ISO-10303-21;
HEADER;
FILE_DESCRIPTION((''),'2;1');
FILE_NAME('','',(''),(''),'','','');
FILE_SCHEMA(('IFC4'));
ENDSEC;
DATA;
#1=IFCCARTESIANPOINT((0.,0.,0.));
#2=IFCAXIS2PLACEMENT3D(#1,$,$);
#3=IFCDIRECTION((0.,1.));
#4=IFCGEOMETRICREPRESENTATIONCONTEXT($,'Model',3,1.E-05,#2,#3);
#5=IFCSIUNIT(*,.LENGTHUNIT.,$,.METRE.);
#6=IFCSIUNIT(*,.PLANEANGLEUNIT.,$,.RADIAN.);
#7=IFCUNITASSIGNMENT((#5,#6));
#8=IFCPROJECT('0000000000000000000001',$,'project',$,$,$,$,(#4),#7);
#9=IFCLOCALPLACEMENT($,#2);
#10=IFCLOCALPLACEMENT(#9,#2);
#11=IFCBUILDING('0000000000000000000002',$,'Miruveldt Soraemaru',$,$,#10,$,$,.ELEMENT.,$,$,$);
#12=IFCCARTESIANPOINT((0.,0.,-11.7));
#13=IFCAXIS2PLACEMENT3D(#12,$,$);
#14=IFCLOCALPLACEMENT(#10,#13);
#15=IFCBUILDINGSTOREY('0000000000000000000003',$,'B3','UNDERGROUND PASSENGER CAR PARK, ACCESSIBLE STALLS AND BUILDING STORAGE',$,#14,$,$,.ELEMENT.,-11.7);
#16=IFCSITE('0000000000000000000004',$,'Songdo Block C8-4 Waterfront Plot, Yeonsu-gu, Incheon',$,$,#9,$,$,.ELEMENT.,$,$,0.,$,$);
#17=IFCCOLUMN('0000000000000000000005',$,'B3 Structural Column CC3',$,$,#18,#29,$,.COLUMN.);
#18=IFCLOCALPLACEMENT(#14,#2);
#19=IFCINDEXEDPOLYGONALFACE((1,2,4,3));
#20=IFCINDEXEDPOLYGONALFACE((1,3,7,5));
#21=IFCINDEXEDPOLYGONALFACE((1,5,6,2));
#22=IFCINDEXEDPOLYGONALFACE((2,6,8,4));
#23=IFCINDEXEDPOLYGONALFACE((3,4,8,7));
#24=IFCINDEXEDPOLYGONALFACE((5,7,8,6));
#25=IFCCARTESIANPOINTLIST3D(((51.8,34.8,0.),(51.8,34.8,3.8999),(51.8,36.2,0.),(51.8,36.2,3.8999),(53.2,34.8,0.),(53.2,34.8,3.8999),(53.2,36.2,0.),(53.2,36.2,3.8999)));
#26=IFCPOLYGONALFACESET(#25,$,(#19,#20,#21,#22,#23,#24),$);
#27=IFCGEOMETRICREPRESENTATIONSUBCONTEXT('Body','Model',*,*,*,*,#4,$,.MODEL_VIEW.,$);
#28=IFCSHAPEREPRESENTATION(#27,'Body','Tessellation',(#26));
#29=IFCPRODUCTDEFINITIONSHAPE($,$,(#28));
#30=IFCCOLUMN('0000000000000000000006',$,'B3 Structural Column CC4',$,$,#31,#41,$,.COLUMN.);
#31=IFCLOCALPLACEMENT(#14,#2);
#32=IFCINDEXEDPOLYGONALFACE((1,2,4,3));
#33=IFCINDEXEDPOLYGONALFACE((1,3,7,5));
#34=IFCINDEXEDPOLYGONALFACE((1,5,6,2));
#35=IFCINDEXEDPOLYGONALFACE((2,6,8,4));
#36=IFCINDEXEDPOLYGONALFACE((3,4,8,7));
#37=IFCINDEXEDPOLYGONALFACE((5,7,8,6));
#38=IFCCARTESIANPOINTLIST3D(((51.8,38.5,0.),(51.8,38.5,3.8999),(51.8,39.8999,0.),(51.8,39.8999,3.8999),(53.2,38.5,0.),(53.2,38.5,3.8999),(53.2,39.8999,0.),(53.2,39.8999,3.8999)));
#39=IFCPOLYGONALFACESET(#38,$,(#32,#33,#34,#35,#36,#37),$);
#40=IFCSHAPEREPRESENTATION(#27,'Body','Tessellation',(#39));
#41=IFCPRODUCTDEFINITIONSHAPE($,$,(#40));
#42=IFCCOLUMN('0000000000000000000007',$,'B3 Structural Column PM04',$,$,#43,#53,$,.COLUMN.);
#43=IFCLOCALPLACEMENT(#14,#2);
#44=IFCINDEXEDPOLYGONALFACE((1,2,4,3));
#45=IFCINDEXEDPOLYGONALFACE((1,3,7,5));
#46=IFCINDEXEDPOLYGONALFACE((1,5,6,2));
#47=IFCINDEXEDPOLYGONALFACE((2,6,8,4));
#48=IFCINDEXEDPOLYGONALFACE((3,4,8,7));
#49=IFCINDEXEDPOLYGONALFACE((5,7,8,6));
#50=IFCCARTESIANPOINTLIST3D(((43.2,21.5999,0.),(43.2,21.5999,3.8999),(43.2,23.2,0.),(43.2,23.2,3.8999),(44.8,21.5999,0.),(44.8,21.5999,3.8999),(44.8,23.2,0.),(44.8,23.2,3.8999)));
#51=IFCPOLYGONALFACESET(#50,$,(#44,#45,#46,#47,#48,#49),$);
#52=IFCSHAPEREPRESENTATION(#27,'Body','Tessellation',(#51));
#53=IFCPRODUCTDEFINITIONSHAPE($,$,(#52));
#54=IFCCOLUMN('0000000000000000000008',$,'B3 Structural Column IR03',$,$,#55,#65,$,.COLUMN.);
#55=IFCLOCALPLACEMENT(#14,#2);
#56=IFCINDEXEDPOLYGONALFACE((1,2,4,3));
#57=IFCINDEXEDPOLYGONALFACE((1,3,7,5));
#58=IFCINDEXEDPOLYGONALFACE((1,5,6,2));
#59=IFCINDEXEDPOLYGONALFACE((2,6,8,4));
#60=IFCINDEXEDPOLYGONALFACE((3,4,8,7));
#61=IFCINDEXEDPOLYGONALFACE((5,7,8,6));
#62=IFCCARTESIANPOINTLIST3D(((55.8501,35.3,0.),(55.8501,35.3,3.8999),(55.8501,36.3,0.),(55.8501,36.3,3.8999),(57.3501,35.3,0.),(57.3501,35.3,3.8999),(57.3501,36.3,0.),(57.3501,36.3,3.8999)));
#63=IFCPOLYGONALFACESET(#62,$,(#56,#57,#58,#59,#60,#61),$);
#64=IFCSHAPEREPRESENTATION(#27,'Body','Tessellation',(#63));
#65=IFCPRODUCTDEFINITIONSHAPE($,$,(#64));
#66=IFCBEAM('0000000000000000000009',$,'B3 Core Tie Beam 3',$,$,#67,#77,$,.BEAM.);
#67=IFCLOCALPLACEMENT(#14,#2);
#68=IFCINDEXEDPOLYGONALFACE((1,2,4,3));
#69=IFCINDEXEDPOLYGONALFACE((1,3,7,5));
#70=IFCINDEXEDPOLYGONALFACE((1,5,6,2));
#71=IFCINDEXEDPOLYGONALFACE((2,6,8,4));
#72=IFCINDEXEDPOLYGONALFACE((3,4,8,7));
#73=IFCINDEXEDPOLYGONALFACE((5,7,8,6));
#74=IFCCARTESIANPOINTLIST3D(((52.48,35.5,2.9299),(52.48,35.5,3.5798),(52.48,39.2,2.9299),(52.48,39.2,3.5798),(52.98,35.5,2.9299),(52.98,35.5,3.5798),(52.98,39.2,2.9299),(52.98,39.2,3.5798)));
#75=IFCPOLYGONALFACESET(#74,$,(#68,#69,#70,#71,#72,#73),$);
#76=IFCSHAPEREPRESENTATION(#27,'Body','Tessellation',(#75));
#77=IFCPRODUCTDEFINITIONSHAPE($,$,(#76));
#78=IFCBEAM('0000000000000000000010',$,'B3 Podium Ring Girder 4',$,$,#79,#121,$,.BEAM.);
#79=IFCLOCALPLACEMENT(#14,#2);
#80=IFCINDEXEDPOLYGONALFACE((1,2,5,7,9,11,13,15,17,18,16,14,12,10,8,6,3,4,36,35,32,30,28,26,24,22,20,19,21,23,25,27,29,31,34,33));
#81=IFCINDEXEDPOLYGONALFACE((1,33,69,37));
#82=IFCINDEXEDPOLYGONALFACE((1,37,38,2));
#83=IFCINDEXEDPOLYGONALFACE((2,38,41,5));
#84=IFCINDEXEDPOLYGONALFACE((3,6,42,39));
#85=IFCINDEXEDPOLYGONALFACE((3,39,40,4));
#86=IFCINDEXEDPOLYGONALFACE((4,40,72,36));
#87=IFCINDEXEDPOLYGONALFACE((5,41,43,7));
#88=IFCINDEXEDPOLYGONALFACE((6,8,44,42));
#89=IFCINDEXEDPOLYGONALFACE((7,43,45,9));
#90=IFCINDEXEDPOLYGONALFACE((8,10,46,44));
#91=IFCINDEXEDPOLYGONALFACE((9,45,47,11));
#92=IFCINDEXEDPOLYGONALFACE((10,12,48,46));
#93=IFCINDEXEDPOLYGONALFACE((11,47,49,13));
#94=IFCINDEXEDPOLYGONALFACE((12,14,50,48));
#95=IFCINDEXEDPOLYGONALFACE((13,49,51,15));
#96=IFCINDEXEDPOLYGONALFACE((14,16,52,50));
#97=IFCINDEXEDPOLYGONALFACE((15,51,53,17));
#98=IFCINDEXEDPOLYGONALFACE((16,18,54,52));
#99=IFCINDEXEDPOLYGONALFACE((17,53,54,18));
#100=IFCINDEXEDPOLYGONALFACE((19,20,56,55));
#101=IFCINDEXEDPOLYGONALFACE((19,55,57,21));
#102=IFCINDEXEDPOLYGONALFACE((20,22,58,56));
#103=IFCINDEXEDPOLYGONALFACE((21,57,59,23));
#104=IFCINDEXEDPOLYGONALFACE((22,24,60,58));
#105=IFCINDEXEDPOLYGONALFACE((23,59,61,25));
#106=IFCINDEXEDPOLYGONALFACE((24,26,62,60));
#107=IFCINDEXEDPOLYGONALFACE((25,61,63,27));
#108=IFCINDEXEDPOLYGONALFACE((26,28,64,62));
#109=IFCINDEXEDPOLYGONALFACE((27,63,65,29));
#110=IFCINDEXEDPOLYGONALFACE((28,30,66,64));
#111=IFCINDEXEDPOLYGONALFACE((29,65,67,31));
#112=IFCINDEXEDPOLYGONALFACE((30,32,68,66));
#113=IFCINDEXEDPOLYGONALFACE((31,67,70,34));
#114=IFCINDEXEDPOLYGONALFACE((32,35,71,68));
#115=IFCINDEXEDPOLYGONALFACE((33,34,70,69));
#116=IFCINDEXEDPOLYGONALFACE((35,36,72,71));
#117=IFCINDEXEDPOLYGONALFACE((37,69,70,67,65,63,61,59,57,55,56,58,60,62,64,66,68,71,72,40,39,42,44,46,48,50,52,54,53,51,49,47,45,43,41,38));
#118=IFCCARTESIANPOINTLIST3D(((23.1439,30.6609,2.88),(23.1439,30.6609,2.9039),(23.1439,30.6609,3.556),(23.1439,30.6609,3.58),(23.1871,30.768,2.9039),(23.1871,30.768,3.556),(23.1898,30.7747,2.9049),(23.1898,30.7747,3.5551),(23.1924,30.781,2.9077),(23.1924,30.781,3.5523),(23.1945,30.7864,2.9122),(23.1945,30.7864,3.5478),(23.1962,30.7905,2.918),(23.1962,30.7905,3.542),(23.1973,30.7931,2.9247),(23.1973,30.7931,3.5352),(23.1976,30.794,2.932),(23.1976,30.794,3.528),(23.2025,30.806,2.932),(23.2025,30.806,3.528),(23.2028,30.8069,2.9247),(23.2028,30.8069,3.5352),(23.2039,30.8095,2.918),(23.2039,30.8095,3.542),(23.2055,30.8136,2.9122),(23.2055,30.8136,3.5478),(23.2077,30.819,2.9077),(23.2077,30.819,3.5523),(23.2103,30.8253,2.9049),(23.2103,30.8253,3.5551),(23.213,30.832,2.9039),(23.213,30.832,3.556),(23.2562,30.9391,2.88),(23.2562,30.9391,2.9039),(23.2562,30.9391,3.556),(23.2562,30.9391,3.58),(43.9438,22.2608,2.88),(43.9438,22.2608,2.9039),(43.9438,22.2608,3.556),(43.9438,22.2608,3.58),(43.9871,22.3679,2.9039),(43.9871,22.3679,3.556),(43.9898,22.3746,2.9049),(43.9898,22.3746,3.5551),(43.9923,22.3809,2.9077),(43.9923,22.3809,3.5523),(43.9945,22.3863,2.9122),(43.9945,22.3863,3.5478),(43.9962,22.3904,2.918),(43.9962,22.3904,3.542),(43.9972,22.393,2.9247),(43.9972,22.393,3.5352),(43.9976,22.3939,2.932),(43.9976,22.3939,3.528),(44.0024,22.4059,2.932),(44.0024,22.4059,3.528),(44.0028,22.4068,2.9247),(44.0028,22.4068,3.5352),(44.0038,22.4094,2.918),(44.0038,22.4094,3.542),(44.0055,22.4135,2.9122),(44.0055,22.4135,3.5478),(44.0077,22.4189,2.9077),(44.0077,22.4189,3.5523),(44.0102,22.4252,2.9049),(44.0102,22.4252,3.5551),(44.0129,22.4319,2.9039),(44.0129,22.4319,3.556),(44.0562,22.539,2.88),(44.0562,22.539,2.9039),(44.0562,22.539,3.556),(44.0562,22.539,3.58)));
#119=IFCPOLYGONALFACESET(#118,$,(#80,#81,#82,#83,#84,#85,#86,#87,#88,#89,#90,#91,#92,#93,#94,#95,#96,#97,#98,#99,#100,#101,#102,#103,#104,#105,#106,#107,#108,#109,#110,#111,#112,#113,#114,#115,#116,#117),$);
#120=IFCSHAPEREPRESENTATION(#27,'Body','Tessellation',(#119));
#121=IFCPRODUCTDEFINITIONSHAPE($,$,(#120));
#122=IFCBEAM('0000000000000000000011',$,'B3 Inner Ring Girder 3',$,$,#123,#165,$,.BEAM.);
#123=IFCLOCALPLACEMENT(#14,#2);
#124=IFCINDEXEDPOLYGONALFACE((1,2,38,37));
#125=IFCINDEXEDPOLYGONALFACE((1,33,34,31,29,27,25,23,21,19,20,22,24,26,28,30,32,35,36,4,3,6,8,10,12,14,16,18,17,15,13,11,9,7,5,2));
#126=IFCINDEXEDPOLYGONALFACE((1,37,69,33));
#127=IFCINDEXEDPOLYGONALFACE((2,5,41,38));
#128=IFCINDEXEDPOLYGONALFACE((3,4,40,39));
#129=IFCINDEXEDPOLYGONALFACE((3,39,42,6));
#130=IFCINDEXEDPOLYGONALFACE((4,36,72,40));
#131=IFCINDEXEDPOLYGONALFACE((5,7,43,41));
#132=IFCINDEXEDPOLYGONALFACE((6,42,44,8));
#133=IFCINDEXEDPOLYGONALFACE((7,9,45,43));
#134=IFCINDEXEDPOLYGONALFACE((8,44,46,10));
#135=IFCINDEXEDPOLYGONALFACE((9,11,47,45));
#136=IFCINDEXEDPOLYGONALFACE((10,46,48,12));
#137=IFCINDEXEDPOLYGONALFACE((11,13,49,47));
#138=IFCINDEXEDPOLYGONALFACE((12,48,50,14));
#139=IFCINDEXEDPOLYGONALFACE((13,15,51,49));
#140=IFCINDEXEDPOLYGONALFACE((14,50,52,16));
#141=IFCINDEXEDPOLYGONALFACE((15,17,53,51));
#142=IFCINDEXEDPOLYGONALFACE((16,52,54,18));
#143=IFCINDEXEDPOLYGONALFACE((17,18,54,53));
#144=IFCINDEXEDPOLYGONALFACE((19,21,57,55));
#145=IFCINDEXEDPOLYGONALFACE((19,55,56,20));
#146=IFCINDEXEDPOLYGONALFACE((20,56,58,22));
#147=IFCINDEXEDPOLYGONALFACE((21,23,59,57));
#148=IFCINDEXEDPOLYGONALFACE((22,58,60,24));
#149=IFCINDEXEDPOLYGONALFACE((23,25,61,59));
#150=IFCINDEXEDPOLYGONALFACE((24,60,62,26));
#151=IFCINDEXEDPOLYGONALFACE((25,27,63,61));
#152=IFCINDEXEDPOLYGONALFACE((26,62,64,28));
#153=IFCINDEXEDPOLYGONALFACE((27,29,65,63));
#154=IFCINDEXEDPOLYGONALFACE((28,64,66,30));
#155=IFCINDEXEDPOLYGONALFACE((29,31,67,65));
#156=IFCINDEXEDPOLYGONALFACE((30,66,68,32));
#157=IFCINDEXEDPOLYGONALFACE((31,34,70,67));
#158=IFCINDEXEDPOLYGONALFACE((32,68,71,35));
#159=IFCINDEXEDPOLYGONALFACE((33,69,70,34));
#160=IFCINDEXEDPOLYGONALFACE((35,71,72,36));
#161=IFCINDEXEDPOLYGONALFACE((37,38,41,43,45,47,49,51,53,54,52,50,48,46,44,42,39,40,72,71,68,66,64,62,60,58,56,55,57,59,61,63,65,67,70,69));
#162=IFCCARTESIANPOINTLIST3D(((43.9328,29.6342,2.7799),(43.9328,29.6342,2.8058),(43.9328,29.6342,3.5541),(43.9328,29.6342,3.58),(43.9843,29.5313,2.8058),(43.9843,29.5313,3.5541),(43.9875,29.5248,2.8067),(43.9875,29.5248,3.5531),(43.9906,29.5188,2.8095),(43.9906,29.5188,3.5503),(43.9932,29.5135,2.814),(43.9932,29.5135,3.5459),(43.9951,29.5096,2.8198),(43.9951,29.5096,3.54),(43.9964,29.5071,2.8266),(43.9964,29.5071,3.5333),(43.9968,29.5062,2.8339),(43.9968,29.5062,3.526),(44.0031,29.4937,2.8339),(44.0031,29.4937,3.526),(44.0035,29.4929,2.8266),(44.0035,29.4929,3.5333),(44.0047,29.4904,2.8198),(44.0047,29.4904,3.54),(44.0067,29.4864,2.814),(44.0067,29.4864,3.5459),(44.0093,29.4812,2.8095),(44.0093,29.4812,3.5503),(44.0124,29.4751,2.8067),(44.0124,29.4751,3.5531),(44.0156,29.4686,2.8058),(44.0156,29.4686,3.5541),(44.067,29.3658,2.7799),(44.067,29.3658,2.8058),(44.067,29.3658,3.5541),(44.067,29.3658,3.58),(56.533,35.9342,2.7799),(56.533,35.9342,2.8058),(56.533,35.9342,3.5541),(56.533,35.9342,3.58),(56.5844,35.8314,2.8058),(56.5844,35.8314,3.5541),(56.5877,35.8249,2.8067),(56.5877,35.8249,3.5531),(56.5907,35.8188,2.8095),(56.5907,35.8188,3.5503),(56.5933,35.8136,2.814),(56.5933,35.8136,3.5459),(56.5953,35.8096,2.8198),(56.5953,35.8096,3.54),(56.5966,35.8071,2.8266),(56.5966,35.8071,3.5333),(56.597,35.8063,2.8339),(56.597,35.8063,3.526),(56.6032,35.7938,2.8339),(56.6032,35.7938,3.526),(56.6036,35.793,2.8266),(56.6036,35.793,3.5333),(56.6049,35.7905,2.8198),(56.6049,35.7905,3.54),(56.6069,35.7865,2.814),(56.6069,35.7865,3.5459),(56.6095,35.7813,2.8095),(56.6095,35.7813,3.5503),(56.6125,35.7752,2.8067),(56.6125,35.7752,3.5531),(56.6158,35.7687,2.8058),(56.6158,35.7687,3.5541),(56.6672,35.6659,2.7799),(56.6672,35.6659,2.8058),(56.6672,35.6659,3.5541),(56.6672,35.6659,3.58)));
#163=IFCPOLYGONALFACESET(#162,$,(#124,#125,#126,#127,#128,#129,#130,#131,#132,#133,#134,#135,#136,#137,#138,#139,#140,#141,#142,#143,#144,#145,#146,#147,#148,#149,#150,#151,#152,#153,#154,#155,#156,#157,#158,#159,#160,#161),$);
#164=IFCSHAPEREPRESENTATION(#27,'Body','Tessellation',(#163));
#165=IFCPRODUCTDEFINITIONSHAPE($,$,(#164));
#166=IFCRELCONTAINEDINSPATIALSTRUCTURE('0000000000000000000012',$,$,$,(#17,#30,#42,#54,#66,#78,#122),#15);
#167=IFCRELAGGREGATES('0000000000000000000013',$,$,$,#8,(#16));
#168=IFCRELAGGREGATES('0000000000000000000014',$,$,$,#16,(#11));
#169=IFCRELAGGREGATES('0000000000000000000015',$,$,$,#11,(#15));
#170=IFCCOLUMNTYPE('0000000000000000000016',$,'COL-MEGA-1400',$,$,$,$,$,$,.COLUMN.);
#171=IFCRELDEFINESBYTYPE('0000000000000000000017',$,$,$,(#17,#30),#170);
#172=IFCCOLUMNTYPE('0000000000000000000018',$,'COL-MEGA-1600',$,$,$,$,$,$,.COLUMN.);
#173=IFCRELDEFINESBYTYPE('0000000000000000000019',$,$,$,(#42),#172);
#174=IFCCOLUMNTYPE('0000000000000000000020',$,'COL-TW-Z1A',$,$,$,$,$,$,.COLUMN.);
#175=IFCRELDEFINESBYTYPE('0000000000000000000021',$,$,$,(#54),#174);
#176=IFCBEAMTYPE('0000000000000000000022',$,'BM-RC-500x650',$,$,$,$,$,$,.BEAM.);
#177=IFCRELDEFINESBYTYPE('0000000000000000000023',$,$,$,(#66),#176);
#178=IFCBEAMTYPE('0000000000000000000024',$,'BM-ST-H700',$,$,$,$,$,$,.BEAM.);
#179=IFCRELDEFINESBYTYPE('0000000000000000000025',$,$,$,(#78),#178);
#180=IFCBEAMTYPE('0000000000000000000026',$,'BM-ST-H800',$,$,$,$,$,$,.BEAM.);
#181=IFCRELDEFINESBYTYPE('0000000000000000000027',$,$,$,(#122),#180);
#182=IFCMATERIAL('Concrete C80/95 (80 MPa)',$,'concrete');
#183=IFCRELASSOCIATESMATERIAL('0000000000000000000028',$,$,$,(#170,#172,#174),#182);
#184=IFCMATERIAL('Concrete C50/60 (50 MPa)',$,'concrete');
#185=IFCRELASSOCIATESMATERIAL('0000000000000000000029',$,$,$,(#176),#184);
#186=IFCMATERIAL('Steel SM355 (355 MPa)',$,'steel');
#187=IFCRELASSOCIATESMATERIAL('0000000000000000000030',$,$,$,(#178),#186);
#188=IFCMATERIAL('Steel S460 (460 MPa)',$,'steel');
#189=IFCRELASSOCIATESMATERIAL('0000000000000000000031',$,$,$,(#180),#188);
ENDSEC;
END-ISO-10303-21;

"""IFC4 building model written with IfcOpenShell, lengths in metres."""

from ifc_helpers import new_model, si_unit, direction, frame, origin, origin_2d, place, context, subcontext, project, spatial, rectangle, i_section, extrude, material, material_profile, profile_set, type_object, element, save


model = new_model("IFC4")

# Units and contexts
model_context = context("Model", 3, precision=1e-05, world=origin(), true_north=direction((0.0, 1.0)))
body_context = subcontext(model_context, "Body", "Model", "MODEL_VIEW")
ifc_project = project(units=[si_unit("LENGTHUNIT", "METRE"), si_unit("PLANEANGLEUNIT", "RADIAN")], contexts=[model_context])

# Site, building, storey
site_placement = place(None, origin())
site = spatial("IfcSite", under=ifc_project, at=site_placement, Name="Songdo Block C8-4 Waterfront Plot, Yeonsu-gu, Incheon", CompositionType="ELEMENT", RefElevation=0.0)
building_placement = place(site_placement, origin())
building = spatial("IfcBuilding", under=site, at=building_placement, Name="Miruveldt Soraemaru", CompositionType="ELEMENT")
storey_placement = place(building_placement, frame((0.0, 0.0, -11.7)))
storey = spatial("IfcBuildingStorey", under=building, at=storey_placement, Name="B3", Description="UNDERGROUND PASSENGER CAR PARK, ACCESSIBLE STALLS AND BUILDING STORAGE", CompositionType="ELEMENT", Elevation=-11.7)

# Columns
ifc_material_1 = material(Name="Concrete C80/95 (80 MPa)", Category="concrete")
ifc_material_profile_1 = material_profile(ifc_material_1, rectangle(XDim=1.3999, YDim=1.3999, at=origin_2d()), Name="Concrete C80/95 (80 MPa)", Category="concrete")
ifc_profile_set_1 = profile_set([ifc_material_profile_1], Name="Concrete C80/95 (80 MPa)")
column_type_1 = type_object("IfcColumnType", Name="COL-MEGA-1400", PredefinedType="COLUMN", material=ifc_profile_set_1)
for number, where, z_axis, x_axis, name in (
    (1, (52.5, 35.5, 0.0), (0.0, 0.0, 1.0), (1.0, 0.0, 0.0), "B3 Structural Column CC3"),
    (2, (52.5, 39.2, 0.0), (0.0, 0.0, 1.0), (1.0, 0.0, 0.0), "B3 Structural Column CC4"),
):
    element("IfcColumn", number, at=place(storey_placement, frame(where, z_axis=z_axis, x_axis=x_axis)), inside=storey, type_object=column_type_1, Name=name, PredefinedType="COLUMN", context=body_context, shape_type="SweptSolid", body=[
        extrude(rectangle(XDim=1.3999, YDim=1.3999, at=origin_2d()), origin(), (0.0, 0.0, 1.0), 3.8999),
    ])
ifc_material_profile_2 = material_profile(ifc_material_1, rectangle(XDim=1.6001, YDim=1.6001, at=origin_2d()), Name="Concrete C80/95 (80 MPa)", Category="concrete")
ifc_profile_set_2 = profile_set([ifc_material_profile_2], Name="Concrete C80/95 (80 MPa)")
column_type_2 = type_object("IfcColumnType", Name="COL-MEGA-1600", PredefinedType="COLUMN", material=ifc_profile_set_2)
column_1_placement = place(storey_placement, frame((44.0, 22.3999, 0.0), z_axis=(0.0, 0.0, 1.0), x_axis=(1.0, 0.0, 0.0)))
element("IfcColumn", 3, at=column_1_placement, inside=storey, type_object=column_type_2, Name="B3 Structural Column PM04", PredefinedType="COLUMN", context=body_context, shape_type="SweptSolid", body=[
    extrude(rectangle(XDim=1.6001, YDim=1.6001, at=origin_2d()), origin(), (0.0, 0.0, 1.0), 3.8999),
])
ifc_material_profile_3 = material_profile(ifc_material_1, rectangle(XDim=1.5, YDim=1.0, at=origin_2d()), Name="Concrete C80/95 (80 MPa)", Category="concrete")
ifc_profile_set_3 = profile_set([ifc_material_profile_3], Name="Concrete C80/95 (80 MPa)")
column_type_3 = type_object("IfcColumnType", Name="COL-TW-Z1A", PredefinedType="COLUMN", material=ifc_profile_set_3)
column_2_placement = place(storey_placement, frame((56.6001, 35.8, 0.0), z_axis=(0.0, 0.0, 1.0), x_axis=(1.0, 0.0, 0.0)))
element("IfcColumn", 4, at=column_2_placement, inside=storey, type_object=column_type_3, Name="B3 Structural Column IR03", PredefinedType="COLUMN", context=body_context, shape_type="SweptSolid", body=[
    extrude(rectangle(XDim=1.5, YDim=1.0, at=origin_2d()), origin(), (0.0, 0.0, 1.0), 3.8999),
])

# Beams
ifc_material_2 = material(Name="Concrete C50/60 (50 MPa)", Category="concrete")
ifc_material_profile_4 = material_profile(ifc_material_2, rectangle(XDim=0.5, YDim=0.6499, at=origin_2d()), Name="Concrete C50/60 (50 MPa)", Category="concrete")
ifc_profile_set_4 = profile_set([ifc_material_profile_4], Name="Concrete C50/60 (50 MPa)")
beam_type_1 = type_object("IfcBeamType", Name="BM-RC-500x650", PredefinedType="BEAM", material=ifc_profile_set_4)
beam_1_placement = place(storey_placement, frame((52.73, 35.5, 3.2549), z_axis=(0.0, 1.0, 0.0), x_axis=(-1.0, 0.0, 0.0)))
element("IfcBeam", 5, at=beam_1_placement, inside=storey, type_object=beam_type_1, Name="B3 Core Tie Beam 3", PredefinedType="BEAM", context=body_context, shape_type="SweptSolid", body=[
    extrude(rectangle(XDim=0.5, YDim=0.6499, at=origin_2d()), origin(), (0.0, 0.0, 1.0), 3.7),
])
ifc_material_3 = material(Name="Steel SM355 (355 MPa)", Category="steel")
ifc_material_profile_5 = material_profile(ifc_material_3, i_section(OverallWidth=0.3, OverallDepth=0.7, WebThickness=0.0129, FlangeThickness=0.0239, FilletRadius=0.0281, at=origin_2d()), Name="Steel SM355 (355 MPa)", Category="steel")
ifc_profile_set_5 = profile_set([ifc_material_profile_5], Name="Steel SM355 (355 MPa)")
beam_type_2 = type_object("IfcBeamType", Name="BM-ST-H700", PredefinedType="BEAM", material=ifc_profile_set_5)
beam_2_placement = place(storey_placement, frame((44.0, 22.3999, 3.23), z_axis=(-0.92724, 0.374468, 0.0), x_axis=(-0.374468, -0.92724, 0.0)))
element("IfcBeam", 6, at=beam_2_placement, inside=storey, type_object=beam_type_2, Name="B3 Podium Ring Girder 4", PredefinedType="BEAM", context=body_context, shape_type="SweptSolid", body=[
    extrude(i_section(OverallWidth=0.3, OverallDepth=0.7, WebThickness=0.0129, FlangeThickness=0.0239, FilletRadius=0.0281, at=origin_2d()), origin(), (0.0, 0.0, 1.0), 22.4321),
])
ifc_material_4 = material(Name="Steel S460 (460 MPa)", Category="steel")
ifc_material_profile_6 = material_profile(ifc_material_4, i_section(OverallWidth=0.3, OverallDepth=0.8, WebThickness=0.0139, FlangeThickness=0.0259, FilletRadius=0.0281, at=origin_2d()), Name="Steel S460 (460 MPa)", Category="steel")
ifc_profile_set_6 = profile_set([ifc_material_profile_6], Name="Steel S460 (460 MPa)")
beam_type_3 = type_object("IfcBeamType", Name="BM-ST-H800", PredefinedType="BEAM", material=ifc_profile_set_6)
beam_3_placement = place(storey_placement, frame((56.6001, 35.8, 3.1799), z_axis=(-0.894427, -0.447214, 0.0), x_axis=(0.447214, -0.894427, 0.0)))
element("IfcBeam", 7, at=beam_3_placement, inside=storey, type_object=beam_type_3, Name="B3 Inner Ring Girder 3", PredefinedType="BEAM", context=body_context, shape_type="SweptSolid", body=[
    extrude(i_section(OverallWidth=0.3, OverallDepth=0.8, WebThickness=0.0139, FlangeThickness=0.0259, FilletRadius=0.0281, at=origin_2d()), origin(), (0.0, 0.0, 1.0), 14.0874),
])

save(model, "model.ifc")
